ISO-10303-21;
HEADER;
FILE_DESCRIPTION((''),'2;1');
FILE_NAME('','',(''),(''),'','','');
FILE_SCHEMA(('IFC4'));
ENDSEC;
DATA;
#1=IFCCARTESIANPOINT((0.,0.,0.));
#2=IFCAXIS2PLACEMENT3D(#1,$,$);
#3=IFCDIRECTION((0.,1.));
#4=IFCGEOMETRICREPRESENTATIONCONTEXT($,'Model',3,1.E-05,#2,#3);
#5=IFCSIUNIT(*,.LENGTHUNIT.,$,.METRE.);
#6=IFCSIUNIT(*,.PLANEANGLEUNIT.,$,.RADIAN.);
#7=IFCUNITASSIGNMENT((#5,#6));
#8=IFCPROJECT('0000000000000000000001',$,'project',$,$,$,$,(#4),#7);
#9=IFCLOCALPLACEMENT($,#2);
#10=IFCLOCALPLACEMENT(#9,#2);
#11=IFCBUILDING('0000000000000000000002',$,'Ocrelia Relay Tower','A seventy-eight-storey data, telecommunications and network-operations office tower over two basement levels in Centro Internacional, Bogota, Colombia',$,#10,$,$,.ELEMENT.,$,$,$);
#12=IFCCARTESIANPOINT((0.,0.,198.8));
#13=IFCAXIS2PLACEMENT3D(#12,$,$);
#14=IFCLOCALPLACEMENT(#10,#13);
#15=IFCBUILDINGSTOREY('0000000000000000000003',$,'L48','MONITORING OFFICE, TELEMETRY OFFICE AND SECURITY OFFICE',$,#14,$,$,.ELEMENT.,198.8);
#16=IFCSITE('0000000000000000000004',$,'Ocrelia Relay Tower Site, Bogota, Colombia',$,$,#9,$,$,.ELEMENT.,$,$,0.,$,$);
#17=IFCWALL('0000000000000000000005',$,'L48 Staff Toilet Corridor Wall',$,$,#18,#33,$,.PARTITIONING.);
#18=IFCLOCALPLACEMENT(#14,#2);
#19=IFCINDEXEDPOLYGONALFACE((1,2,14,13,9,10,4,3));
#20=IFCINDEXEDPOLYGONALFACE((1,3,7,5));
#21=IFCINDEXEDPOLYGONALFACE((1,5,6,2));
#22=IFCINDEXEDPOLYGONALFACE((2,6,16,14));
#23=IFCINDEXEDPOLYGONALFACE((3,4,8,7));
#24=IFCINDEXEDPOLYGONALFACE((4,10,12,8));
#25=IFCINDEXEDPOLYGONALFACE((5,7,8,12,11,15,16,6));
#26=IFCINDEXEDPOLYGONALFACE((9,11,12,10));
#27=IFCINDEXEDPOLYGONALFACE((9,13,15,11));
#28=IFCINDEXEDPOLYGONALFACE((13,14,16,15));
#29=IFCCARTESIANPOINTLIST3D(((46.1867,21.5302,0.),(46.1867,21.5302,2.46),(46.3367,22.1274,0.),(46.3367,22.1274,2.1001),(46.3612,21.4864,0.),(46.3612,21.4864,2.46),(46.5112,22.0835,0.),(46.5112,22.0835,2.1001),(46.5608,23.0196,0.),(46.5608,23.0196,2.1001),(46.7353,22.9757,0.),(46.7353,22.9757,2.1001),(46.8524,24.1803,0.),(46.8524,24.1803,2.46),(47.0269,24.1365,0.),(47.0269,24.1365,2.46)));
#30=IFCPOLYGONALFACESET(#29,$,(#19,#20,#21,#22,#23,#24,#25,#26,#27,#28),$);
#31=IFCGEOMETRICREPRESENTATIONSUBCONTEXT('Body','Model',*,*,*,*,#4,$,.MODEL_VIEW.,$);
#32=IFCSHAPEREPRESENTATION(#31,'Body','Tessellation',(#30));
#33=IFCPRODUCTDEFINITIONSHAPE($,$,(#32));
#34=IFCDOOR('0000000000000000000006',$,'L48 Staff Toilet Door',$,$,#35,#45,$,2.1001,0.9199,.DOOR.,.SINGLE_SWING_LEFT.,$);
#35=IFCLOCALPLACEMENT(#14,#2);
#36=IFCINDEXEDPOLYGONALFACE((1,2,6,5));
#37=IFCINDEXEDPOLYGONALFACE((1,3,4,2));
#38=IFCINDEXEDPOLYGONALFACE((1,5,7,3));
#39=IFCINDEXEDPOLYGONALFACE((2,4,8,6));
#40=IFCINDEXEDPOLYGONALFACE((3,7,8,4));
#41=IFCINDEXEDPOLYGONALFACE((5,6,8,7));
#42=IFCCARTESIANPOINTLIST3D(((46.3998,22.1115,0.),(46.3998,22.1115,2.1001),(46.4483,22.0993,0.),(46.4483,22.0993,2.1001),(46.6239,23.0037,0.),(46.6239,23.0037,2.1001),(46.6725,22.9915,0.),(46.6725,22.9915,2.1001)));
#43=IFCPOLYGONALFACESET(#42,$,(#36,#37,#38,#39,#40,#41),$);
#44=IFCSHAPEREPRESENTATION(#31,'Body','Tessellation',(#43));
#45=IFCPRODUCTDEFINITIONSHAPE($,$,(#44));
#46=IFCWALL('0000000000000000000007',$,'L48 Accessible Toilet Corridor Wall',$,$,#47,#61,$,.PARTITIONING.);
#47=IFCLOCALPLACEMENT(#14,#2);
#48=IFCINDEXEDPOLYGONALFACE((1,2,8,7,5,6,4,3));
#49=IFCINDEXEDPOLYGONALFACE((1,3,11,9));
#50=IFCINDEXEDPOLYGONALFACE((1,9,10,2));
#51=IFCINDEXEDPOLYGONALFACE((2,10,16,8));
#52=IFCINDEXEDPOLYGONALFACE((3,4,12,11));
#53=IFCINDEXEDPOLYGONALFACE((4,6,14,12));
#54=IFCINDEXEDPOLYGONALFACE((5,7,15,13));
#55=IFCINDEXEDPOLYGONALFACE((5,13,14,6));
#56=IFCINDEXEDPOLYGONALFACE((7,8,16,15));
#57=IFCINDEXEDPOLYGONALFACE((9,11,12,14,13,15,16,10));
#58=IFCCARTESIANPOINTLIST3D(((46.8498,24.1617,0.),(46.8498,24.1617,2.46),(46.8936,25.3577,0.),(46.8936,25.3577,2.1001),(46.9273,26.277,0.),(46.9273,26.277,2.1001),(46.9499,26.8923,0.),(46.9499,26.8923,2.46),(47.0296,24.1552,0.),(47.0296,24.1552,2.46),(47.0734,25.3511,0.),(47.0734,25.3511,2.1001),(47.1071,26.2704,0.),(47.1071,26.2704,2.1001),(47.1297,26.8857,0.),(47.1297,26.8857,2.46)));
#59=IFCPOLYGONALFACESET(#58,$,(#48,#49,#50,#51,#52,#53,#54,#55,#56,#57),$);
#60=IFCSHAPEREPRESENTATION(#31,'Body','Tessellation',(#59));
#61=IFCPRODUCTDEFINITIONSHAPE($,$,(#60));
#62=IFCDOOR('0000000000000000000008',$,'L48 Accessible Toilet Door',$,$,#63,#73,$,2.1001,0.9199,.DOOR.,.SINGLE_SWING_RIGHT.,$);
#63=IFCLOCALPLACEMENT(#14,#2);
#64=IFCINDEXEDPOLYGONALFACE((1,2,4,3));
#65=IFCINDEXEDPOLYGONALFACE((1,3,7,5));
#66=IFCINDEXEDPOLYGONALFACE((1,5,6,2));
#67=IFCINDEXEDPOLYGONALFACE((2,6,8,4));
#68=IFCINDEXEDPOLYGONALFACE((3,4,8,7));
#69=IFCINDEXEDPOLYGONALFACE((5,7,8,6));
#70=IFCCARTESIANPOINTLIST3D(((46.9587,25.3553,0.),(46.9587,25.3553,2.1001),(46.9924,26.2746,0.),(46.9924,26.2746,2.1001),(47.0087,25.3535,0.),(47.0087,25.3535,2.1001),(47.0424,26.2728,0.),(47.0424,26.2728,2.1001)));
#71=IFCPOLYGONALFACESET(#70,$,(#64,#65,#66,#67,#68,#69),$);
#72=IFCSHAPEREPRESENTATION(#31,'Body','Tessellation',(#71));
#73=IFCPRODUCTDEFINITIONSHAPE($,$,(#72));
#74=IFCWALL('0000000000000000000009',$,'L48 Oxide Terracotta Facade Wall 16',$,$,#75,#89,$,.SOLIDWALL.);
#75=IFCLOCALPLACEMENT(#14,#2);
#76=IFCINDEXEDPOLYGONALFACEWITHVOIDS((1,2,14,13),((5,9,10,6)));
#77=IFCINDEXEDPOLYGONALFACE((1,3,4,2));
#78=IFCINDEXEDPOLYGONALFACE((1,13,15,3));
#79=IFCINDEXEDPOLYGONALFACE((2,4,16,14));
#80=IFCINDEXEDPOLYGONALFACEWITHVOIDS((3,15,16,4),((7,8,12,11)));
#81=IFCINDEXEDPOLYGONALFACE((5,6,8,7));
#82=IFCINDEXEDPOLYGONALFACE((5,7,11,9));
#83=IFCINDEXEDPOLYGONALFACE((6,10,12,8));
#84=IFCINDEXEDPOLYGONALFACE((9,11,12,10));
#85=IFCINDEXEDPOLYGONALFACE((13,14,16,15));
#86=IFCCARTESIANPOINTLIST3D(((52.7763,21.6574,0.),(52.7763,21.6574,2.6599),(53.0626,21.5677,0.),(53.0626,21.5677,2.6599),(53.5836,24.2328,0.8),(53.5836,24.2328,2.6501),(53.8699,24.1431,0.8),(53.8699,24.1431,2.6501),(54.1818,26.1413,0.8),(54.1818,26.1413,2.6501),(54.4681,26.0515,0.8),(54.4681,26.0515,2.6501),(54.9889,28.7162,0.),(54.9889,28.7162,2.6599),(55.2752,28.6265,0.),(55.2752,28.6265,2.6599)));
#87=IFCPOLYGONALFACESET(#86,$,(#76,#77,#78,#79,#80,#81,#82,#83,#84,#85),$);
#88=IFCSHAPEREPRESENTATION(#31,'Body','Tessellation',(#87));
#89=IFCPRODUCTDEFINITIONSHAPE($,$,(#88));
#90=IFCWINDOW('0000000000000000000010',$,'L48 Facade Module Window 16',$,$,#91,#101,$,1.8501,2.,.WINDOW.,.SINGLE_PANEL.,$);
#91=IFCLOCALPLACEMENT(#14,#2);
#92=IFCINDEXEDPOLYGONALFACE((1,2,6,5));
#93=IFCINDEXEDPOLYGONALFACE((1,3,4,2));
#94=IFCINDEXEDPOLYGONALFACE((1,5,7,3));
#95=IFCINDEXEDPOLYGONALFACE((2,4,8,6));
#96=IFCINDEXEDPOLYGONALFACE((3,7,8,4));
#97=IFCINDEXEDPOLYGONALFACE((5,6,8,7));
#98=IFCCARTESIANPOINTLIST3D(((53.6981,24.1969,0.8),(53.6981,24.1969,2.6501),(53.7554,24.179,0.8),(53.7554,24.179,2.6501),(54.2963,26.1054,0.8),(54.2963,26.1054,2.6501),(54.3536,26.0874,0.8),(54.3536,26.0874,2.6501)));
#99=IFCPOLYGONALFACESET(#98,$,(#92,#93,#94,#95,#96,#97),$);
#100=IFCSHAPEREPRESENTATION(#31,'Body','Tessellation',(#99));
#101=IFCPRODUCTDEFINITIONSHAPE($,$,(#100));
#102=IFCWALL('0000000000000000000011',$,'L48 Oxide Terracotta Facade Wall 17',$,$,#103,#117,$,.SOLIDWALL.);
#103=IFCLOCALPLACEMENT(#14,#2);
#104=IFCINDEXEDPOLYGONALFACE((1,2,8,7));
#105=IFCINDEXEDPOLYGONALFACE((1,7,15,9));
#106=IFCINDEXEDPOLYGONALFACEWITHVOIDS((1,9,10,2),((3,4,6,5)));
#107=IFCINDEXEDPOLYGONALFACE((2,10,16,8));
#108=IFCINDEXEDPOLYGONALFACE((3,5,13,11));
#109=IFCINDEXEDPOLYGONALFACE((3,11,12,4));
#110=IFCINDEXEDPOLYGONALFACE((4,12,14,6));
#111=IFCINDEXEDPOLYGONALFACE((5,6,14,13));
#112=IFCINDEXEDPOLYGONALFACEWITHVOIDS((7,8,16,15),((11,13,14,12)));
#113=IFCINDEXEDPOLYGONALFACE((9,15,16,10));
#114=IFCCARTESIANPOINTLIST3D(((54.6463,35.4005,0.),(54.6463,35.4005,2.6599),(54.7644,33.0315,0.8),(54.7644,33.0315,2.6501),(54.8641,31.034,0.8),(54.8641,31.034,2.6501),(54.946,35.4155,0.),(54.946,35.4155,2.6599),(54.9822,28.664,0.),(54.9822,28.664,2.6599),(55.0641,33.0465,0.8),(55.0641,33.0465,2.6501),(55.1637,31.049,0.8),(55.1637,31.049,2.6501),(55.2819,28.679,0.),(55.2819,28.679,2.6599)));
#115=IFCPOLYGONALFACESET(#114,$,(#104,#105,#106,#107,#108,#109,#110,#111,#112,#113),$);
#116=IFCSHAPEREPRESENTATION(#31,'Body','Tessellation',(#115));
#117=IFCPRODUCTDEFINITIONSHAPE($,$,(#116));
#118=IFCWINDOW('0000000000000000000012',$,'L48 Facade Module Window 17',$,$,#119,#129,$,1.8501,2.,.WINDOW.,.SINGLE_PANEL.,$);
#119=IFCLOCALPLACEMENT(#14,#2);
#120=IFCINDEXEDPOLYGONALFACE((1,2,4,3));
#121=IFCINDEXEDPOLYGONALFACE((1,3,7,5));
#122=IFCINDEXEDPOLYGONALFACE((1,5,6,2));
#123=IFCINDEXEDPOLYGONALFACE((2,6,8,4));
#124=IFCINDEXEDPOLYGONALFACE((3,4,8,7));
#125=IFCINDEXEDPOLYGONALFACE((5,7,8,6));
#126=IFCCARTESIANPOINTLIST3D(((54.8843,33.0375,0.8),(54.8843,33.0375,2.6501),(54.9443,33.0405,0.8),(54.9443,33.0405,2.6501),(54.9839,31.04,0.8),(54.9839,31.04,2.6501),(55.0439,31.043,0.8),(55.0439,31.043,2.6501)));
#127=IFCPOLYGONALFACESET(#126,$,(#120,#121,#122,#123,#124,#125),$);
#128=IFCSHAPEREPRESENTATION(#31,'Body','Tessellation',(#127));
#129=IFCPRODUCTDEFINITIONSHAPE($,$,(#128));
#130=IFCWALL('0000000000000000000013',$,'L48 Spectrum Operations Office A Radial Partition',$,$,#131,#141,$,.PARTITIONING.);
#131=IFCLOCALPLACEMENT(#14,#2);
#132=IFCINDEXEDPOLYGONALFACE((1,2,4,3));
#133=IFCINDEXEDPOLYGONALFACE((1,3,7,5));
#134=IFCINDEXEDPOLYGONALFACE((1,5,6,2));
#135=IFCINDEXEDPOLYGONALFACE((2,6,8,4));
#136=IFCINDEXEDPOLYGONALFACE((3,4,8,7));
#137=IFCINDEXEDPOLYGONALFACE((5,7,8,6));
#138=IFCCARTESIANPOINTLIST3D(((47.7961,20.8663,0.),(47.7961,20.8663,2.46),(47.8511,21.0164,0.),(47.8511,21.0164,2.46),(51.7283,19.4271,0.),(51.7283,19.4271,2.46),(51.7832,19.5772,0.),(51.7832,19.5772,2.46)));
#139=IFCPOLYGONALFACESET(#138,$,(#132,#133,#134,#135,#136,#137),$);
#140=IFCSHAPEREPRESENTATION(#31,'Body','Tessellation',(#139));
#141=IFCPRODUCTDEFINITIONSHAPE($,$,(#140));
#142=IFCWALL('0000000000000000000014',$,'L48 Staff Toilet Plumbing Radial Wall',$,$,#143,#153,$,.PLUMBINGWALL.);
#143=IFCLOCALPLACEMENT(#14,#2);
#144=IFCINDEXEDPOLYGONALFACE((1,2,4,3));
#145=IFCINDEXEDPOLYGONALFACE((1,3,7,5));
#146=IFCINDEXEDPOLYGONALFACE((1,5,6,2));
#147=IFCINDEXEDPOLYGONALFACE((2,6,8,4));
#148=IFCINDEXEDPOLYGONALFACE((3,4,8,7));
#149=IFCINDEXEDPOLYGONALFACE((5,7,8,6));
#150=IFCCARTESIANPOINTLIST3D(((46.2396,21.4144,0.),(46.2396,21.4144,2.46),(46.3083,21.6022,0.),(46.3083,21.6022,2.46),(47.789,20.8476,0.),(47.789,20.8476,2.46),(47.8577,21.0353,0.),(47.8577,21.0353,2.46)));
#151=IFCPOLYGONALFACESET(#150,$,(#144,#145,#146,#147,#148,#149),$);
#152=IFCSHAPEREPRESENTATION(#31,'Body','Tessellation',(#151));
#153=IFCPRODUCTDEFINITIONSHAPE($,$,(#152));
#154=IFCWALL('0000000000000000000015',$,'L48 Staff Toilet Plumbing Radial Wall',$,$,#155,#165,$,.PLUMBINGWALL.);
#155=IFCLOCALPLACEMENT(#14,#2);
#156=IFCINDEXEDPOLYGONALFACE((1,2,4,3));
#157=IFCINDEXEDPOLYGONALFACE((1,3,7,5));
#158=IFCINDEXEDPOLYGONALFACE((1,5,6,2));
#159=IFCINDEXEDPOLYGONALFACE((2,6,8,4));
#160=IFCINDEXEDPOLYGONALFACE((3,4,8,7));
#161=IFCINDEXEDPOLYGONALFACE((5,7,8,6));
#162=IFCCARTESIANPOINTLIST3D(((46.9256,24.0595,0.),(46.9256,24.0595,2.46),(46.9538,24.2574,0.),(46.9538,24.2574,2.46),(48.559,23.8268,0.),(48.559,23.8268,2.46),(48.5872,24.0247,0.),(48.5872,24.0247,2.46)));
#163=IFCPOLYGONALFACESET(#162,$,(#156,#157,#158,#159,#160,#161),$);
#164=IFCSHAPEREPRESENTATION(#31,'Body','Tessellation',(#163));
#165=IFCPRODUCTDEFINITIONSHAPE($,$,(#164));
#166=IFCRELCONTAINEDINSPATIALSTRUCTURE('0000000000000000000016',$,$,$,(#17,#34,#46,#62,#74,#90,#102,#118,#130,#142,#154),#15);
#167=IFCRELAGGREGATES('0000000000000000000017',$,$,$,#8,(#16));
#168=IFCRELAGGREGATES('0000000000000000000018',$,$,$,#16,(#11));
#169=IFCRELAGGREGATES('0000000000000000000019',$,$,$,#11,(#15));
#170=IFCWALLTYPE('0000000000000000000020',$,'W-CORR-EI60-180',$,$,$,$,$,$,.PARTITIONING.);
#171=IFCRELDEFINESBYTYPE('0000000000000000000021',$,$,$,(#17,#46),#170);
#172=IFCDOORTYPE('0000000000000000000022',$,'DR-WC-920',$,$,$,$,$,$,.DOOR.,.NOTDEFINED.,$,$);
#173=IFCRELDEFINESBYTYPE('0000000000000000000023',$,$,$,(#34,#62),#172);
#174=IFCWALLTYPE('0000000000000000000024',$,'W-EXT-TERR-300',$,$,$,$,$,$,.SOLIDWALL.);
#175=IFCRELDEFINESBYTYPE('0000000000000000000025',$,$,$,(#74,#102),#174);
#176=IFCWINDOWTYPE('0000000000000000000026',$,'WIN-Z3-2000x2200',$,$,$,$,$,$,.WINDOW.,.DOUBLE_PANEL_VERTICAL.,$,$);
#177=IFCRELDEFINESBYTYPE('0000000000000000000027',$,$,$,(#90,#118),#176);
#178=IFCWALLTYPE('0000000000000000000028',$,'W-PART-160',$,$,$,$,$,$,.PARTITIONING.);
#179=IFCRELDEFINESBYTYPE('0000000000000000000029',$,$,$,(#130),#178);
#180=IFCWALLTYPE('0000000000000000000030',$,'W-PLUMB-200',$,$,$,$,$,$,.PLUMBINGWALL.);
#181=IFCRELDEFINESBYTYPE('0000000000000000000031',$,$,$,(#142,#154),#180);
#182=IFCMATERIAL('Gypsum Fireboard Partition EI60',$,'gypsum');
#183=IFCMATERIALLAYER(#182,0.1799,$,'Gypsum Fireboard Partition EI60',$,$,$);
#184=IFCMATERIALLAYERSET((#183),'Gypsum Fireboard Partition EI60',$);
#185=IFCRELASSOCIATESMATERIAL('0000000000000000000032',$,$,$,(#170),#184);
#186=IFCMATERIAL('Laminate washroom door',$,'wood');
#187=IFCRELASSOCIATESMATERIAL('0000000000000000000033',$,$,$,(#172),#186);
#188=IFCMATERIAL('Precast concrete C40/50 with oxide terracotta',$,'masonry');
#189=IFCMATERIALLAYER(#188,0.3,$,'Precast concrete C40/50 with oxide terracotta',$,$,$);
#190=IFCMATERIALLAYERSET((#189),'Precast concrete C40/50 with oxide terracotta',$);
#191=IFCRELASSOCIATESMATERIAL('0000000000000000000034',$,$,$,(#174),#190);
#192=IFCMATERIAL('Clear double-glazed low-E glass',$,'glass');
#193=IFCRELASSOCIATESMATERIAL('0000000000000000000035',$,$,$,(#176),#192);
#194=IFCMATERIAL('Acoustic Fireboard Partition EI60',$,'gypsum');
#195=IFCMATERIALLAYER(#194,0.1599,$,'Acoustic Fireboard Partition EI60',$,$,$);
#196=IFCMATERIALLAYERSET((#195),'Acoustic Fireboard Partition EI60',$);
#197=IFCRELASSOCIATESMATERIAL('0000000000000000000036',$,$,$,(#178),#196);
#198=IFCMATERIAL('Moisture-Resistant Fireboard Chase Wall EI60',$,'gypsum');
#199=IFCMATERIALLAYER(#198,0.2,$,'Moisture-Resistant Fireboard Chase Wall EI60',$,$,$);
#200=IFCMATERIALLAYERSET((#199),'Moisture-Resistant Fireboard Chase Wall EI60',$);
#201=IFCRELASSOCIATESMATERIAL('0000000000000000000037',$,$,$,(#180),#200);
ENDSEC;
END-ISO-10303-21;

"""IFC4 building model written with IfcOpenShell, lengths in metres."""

from ifc_helpers import new_model, si_unit, direction, frame, frame_2d, origin, place, context, subcontext, project, spatial, rectangle, extrude, material, layer, layer_set, type_object, element, fill, save


model = new_model("IFC4")

# Units and contexts
model_context = context("Model", 3, precision=1e-05, world=origin(), true_north=direction((0.0, 1.0)))
body_context = subcontext(model_context, "Body", "Model", "MODEL_VIEW")
ifc_project = project(units=[si_unit("LENGTHUNIT", "METRE"), si_unit("PLANEANGLEUNIT", "RADIAN")], contexts=[model_context])

# Site, building, storey
site_placement = place(None, origin())
site = spatial("IfcSite", under=ifc_project, at=site_placement, Name="Ocrelia Relay Tower Site, Bogota, Colombia", CompositionType="ELEMENT", RefElevation=0.0)
building_placement = place(site_placement, origin())
building = spatial("IfcBuilding", under=site, at=building_placement, Name="Ocrelia Relay Tower", Description="A seventy-eight-storey data, telecommunications and network-operations office tower over two basement levels in Centro Internacional, Bogota, Colombia", CompositionType="ELEMENT")
storey_placement = place(building_placement, frame((0.0, 0.0, 198.8)))
storey = spatial("IfcBuildingStorey", under=building, at=storey_placement, Name="L48", Description="MONITORING OFFICE, TELEMETRY OFFICE AND SECURITY OFFICE", CompositionType="ELEMENT", Elevation=198.8)

# Walls, openings, doors
ifc_material_1 = material(Name="Gypsum Fireboard Partition EI60", Category="gypsum")
ifc_layer_1 = layer(ifc_material_1, 0.1799, Name="Gypsum Fireboard Partition EI60")
ifc_layer_set_1 = layer_set([ifc_layer_1], Name="Gypsum Fireboard Partition EI60")
wall_type_1 = type_object("IfcWallType", Name="W-CORR-EI60-180", PredefinedType="PARTITIONING", material=ifc_layer_set_1)
wall_1_placement = place(storey_placement, frame((46.2739, 21.5083, 0.0), z_axis=(0.0, 0.0, 1.0), x_axis=(0.24365, 0.969863, 0.0)))
wall_1 = element("IfcWall", 1, at=wall_1_placement, inside=storey, type_object=wall_type_1, Name="L48 Staff Toilet Corridor Wall", PredefinedType="PARTITIONING", context=body_context, shape_type="SweptSolid", body=[
    extrude(rectangle(XDim=2.7324, YDim=0.1799, at=frame_2d((1.3662, 0.0))), origin(), (0.0, 0.0, 1.0), 2.46),
])
opening_1_placement = place(wall_1_placement, frame((0.6157, 0.0, 0.0)))
opening_1 = element("IfcOpeningElement", 2, at=opening_1_placement, cuts=wall_1, PredefinedType="OPENING", context=body_context, shape_type="SweptSolid", body=[
    extrude(rectangle(XDim=0.9199, YDim=2.1001, at=frame_2d((0.46, 1.05))), frame((0.0, 0.1001, 0.0), z_axis=(0.0, -1.0, 0.0), x_axis=(1.0, 0.0, 0.0)), (0.0, 0.0, 1.0), 0.2),
])
ifc_material_2 = material(Name="Laminate washroom door", Category="wood")
door_type_1 = type_object("IfcDoorType", Name="DR-WC-920", OperationType="NOTDEFINED", PredefinedType="DOOR", material=ifc_material_2)
door_1_placement = place(opening_1_placement, origin())
door_1 = element("IfcDoor", 3, at=door_1_placement, inside=storey, type_object=door_type_1, Name="L48 Staff Toilet Door", OperationType="SINGLE_SWING_LEFT", OverallHeight=2.1001, OverallWidth=0.9199, PredefinedType="DOOR", context=body_context, shape_type="SweptSolid", body=[
    extrude(rectangle(XDim=0.9199, YDim=2.1001, at=frame_2d((0.46, 1.05))), frame((0.0, 0.0249, 0.0), z_axis=(0.0, -1.0, 0.0), x_axis=(1.0, 0.0, 0.0)), (0.0, 0.0, 1.0), 0.05),
])
fill(opening_1, door_1)
wall_2_placement = place(storey_placement, frame((46.9397, 24.1584, 0.0), z_axis=(0.0, 0.0, 1.0), x_axis=(0.036635, 0.999329, 0.0)))
wall_2 = element("IfcWall", 4, at=wall_2_placement, inside=storey, type_object=wall_type_1, Name="L48 Accessible Toilet Corridor Wall", PredefinedType="PARTITIONING", context=body_context, shape_type="SweptSolid", body=[
    extrude(rectangle(XDim=2.7324, YDim=0.1799, at=frame_2d((1.3662, 0.0))), origin(), (0.0, 0.0, 1.0), 2.46),
])
opening_2_placement = place(wall_2_placement, frame((1.1968, 0.0, 0.0)))
opening_2 = element("IfcOpeningElement", 5, at=opening_2_placement, cuts=wall_2, PredefinedType="OPENING", context=body_context, shape_type="SweptSolid", body=[
    extrude(rectangle(XDim=0.9199, YDim=2.1001, at=frame_2d((0.46, 1.05))), frame((0.0, 0.1001, 0.0), z_axis=(0.0, -1.0, 0.0), x_axis=(1.0, 0.0, 0.0)), (0.0, 0.0, 1.0), 0.2),
])
door_2_placement = place(opening_2_placement, origin())
door_2 = element("IfcDoor", 6, at=door_2_placement, inside=storey, type_object=door_type_1, Name="L48 Accessible Toilet Door", OperationType="SINGLE_SWING_RIGHT", OverallHeight=2.1001, OverallWidth=0.9199, PredefinedType="DOOR", context=body_context, shape_type="SweptSolid", body=[
    extrude(rectangle(XDim=0.9199, YDim=2.1001, at=frame_2d((0.46, 1.05))), frame((0.0, 0.0249, 0.0), z_axis=(0.0, -1.0, 0.0), x_axis=(1.0, 0.0, 0.0)), (0.0, 0.0, 1.0), 0.05),
])
fill(opening_2, door_2)

# Walls, openings, windows
ifc_material_3 = material(Name="Precast concrete C40/50 with oxide terracotta", Category="masonry")
ifc_layer_2 = layer(ifc_material_3, 0.3, Name="Precast concrete C40/50 with oxide terracotta")
ifc_layer_set_2 = layer_set([ifc_layer_2], Name="Precast concrete C40/50 with oxide terracotta")
wall_type_2 = type_object("IfcWallType", Name="W-EXT-TERR-300", PredefinedType="SOLIDWALL", material=ifc_layer_set_2)
wall_3_placement = place(storey_placement, frame((52.9194, 21.6125, 0.0), z_axis=(0.0, 0.0, 1.0), x_axis=(0.299107, 0.954219, 0.0)))
wall_3 = element("IfcWall", 7, at=wall_3_placement, inside=storey, type_object=wall_type_2, Name="L48 Oxide Terracotta Facade Wall 16", PredefinedType="SOLIDWALL", context=body_context, shape_type="SweptSolid", body=[
    extrude(rectangle(XDim=7.3975, YDim=0.3, at=frame_2d((3.6987, 0.0))), origin(), (0.0, 0.0, 1.0), 2.6599),
])
opening_3_placement = place(wall_3_placement, frame((2.699, 0.0, 0.8)))
opening_3 = element("IfcOpeningElement", 8, at=opening_3_placement, cuts=wall_3, PredefinedType="OPENING", context=body_context, shape_type="SweptSolid", body=[
    extrude(rectangle(XDim=2.0, YDim=1.8501, at=frame_2d((1.0, 0.925))), frame((0.0, 0.1602, 0.0), z_axis=(0.0, -1.0, 0.0), x_axis=(1.0, 0.0, 0.0)), (0.0, 0.0, 1.0), 0.3201),
])
ifc_material_4 = material(Name="Clear double-glazed low-E glass", Category="glass")
window_type = type_object("IfcWindowType", Name="WIN-Z3-2000x2200", PartitioningType="DOUBLE_PANEL_VERTICAL", PredefinedType="WINDOW", material=ifc_material_4)
window_1_placement = place(opening_3_placement, origin())
window_1 = element("IfcWindow", 9, at=window_1_placement, inside=storey, type_object=window_type, Name="L48 Facade Module Window 16", OverallHeight=1.8501, OverallWidth=2.0, PartitioningType="SINGLE_PANEL", PredefinedType="WINDOW", context=body_context, shape_type="SweptSolid", body=[
    extrude(rectangle(XDim=2.0, YDim=1.8501, at=frame_2d((1.0, 0.925))), frame((0.0, 0.03, 0.0), z_axis=(0.0, -1.0, 0.0), x_axis=(1.0, 0.0, 0.0)), (0.0, 0.0, 1.0), 0.0601),
])
fill(opening_3, window_1)
wall_4_placement = place(storey_placement, frame((55.1321, 28.6714, 0.0), z_axis=(0.0, 0.0, 1.0), x_axis=(-0.049806, 0.998759, 0.0)))
wall_4 = element("IfcWall", 10, at=wall_4_placement, inside=storey, type_object=wall_type_2, Name="L48 Oxide Terracotta Facade Wall 17", PredefinedType="SOLIDWALL", context=body_context, shape_type="SweptSolid", body=[
    extrude(rectangle(XDim=6.7449, YDim=0.3, at=frame_2d((3.3726, 0.0))), origin(), (0.0, 0.0, 1.0), 2.6599),
])
opening_4_placement = place(wall_4_placement, frame((2.373, 0.0, 0.8)))
opening_4 = element("IfcOpeningElement", 11, at=opening_4_placement, cuts=wall_4, PredefinedType="OPENING", context=body_context, shape_type="SweptSolid", body=[
    extrude(rectangle(XDim=2.0, YDim=1.8501, at=frame_2d((1.0, 0.925))), frame((0.0, 0.1602, 0.0), z_axis=(0.0, -1.0, 0.0), x_axis=(1.0, 0.0, 0.0)), (0.0, 0.0, 1.0), 0.3201),
])
window_2_placement = place(opening_4_placement, origin())
window_2 = element("IfcWindow", 12, at=window_2_placement, inside=storey, type_object=window_type, Name="L48 Facade Module Window 17", OverallHeight=1.8501, OverallWidth=2.0, PartitioningType="SINGLE_PANEL", PredefinedType="WINDOW", context=body_context, shape_type="SweptSolid", body=[
    extrude(rectangle(XDim=2.0, YDim=1.8501, at=frame_2d((1.0, 0.925))), frame((0.0, 0.03, 0.0), z_axis=(0.0, -1.0, 0.0), x_axis=(1.0, 0.0, 0.0)), (0.0, 0.0, 1.0), 0.0601),
])
fill(opening_4, window_2)

# Walls
ifc_material_5 = material(Name="Acoustic Fireboard Partition EI60", Category="gypsum")
ifc_layer_3 = layer(ifc_material_5, 0.1599, Name="Acoustic Fireboard Partition EI60")
ifc_layer_set_3 = layer_set([ifc_layer_3], Name="Acoustic Fireboard Partition EI60")
wall_type_3 = type_object("IfcWallType", Name="W-PART-160", PredefinedType="PARTITIONING", material=ifc_layer_set_3)
wall_5_placement = place(storey_placement, frame((47.8235, 20.9414, 0.0), z_axis=(0.0, 0.0, 1.0), x_axis=(0.939075, -0.343713, 0.0)))
element("IfcWall", 13, at=wall_5_placement, inside=storey, type_object=wall_type_3, Name="L48 Spectrum Operations Office A Radial Partition", PredefinedType="PARTITIONING", context=body_context, shape_type="SweptSolid", body=[
    extrude(rectangle(XDim=4.1873, YDim=0.1599, at=frame_2d((2.0938, 0.0))), origin(), (0.0, 0.0, 1.0), 2.46),
])
ifc_material_6 = material(Name="Moisture-Resistant Fireboard Chase Wall EI60", Category="gypsum")
ifc_layer_4 = layer(ifc_material_6, 0.2, Name="Moisture-Resistant Fireboard Chase Wall EI60")
ifc_layer_set_4 = layer_set([ifc_layer_4], Name="Moisture-Resistant Fireboard Chase Wall EI60")
wall_type_4 = type_object("IfcWallType", Name="W-PLUMB-200", PredefinedType="PLUMBINGWALL", material=ifc_layer_set_4)
for number, where, z_axis, x_axis, name in (
    (14, (46.2739, 21.5083, 0.0), (0.0, 0.0, 1.0), (0.939126, -0.343572, 0.0), "L48 Staff Toilet Plumbing Radial Wall"),
    (15, (46.9397, 24.1584, 0.0), (0.0, 0.0, 1.0), (0.990006, -0.141028, 0.0), "L48 Staff Toilet Plumbing Radial Wall"),
):
    element("IfcWall", number, at=place(storey_placement, frame(where, z_axis=z_axis, x_axis=x_axis)), inside=storey, type_object=wall_type_4, Name=name, PredefinedType="PLUMBINGWALL", context=body_context, shape_type="SweptSolid", body=[
        extrude(rectangle(XDim=1.6499, YDim=0.2, at=frame_2d((0.825, 0.0))), origin(), (0.0, 0.0, 1.0), 2.46),
    ])

save(model, "model.ifc")
